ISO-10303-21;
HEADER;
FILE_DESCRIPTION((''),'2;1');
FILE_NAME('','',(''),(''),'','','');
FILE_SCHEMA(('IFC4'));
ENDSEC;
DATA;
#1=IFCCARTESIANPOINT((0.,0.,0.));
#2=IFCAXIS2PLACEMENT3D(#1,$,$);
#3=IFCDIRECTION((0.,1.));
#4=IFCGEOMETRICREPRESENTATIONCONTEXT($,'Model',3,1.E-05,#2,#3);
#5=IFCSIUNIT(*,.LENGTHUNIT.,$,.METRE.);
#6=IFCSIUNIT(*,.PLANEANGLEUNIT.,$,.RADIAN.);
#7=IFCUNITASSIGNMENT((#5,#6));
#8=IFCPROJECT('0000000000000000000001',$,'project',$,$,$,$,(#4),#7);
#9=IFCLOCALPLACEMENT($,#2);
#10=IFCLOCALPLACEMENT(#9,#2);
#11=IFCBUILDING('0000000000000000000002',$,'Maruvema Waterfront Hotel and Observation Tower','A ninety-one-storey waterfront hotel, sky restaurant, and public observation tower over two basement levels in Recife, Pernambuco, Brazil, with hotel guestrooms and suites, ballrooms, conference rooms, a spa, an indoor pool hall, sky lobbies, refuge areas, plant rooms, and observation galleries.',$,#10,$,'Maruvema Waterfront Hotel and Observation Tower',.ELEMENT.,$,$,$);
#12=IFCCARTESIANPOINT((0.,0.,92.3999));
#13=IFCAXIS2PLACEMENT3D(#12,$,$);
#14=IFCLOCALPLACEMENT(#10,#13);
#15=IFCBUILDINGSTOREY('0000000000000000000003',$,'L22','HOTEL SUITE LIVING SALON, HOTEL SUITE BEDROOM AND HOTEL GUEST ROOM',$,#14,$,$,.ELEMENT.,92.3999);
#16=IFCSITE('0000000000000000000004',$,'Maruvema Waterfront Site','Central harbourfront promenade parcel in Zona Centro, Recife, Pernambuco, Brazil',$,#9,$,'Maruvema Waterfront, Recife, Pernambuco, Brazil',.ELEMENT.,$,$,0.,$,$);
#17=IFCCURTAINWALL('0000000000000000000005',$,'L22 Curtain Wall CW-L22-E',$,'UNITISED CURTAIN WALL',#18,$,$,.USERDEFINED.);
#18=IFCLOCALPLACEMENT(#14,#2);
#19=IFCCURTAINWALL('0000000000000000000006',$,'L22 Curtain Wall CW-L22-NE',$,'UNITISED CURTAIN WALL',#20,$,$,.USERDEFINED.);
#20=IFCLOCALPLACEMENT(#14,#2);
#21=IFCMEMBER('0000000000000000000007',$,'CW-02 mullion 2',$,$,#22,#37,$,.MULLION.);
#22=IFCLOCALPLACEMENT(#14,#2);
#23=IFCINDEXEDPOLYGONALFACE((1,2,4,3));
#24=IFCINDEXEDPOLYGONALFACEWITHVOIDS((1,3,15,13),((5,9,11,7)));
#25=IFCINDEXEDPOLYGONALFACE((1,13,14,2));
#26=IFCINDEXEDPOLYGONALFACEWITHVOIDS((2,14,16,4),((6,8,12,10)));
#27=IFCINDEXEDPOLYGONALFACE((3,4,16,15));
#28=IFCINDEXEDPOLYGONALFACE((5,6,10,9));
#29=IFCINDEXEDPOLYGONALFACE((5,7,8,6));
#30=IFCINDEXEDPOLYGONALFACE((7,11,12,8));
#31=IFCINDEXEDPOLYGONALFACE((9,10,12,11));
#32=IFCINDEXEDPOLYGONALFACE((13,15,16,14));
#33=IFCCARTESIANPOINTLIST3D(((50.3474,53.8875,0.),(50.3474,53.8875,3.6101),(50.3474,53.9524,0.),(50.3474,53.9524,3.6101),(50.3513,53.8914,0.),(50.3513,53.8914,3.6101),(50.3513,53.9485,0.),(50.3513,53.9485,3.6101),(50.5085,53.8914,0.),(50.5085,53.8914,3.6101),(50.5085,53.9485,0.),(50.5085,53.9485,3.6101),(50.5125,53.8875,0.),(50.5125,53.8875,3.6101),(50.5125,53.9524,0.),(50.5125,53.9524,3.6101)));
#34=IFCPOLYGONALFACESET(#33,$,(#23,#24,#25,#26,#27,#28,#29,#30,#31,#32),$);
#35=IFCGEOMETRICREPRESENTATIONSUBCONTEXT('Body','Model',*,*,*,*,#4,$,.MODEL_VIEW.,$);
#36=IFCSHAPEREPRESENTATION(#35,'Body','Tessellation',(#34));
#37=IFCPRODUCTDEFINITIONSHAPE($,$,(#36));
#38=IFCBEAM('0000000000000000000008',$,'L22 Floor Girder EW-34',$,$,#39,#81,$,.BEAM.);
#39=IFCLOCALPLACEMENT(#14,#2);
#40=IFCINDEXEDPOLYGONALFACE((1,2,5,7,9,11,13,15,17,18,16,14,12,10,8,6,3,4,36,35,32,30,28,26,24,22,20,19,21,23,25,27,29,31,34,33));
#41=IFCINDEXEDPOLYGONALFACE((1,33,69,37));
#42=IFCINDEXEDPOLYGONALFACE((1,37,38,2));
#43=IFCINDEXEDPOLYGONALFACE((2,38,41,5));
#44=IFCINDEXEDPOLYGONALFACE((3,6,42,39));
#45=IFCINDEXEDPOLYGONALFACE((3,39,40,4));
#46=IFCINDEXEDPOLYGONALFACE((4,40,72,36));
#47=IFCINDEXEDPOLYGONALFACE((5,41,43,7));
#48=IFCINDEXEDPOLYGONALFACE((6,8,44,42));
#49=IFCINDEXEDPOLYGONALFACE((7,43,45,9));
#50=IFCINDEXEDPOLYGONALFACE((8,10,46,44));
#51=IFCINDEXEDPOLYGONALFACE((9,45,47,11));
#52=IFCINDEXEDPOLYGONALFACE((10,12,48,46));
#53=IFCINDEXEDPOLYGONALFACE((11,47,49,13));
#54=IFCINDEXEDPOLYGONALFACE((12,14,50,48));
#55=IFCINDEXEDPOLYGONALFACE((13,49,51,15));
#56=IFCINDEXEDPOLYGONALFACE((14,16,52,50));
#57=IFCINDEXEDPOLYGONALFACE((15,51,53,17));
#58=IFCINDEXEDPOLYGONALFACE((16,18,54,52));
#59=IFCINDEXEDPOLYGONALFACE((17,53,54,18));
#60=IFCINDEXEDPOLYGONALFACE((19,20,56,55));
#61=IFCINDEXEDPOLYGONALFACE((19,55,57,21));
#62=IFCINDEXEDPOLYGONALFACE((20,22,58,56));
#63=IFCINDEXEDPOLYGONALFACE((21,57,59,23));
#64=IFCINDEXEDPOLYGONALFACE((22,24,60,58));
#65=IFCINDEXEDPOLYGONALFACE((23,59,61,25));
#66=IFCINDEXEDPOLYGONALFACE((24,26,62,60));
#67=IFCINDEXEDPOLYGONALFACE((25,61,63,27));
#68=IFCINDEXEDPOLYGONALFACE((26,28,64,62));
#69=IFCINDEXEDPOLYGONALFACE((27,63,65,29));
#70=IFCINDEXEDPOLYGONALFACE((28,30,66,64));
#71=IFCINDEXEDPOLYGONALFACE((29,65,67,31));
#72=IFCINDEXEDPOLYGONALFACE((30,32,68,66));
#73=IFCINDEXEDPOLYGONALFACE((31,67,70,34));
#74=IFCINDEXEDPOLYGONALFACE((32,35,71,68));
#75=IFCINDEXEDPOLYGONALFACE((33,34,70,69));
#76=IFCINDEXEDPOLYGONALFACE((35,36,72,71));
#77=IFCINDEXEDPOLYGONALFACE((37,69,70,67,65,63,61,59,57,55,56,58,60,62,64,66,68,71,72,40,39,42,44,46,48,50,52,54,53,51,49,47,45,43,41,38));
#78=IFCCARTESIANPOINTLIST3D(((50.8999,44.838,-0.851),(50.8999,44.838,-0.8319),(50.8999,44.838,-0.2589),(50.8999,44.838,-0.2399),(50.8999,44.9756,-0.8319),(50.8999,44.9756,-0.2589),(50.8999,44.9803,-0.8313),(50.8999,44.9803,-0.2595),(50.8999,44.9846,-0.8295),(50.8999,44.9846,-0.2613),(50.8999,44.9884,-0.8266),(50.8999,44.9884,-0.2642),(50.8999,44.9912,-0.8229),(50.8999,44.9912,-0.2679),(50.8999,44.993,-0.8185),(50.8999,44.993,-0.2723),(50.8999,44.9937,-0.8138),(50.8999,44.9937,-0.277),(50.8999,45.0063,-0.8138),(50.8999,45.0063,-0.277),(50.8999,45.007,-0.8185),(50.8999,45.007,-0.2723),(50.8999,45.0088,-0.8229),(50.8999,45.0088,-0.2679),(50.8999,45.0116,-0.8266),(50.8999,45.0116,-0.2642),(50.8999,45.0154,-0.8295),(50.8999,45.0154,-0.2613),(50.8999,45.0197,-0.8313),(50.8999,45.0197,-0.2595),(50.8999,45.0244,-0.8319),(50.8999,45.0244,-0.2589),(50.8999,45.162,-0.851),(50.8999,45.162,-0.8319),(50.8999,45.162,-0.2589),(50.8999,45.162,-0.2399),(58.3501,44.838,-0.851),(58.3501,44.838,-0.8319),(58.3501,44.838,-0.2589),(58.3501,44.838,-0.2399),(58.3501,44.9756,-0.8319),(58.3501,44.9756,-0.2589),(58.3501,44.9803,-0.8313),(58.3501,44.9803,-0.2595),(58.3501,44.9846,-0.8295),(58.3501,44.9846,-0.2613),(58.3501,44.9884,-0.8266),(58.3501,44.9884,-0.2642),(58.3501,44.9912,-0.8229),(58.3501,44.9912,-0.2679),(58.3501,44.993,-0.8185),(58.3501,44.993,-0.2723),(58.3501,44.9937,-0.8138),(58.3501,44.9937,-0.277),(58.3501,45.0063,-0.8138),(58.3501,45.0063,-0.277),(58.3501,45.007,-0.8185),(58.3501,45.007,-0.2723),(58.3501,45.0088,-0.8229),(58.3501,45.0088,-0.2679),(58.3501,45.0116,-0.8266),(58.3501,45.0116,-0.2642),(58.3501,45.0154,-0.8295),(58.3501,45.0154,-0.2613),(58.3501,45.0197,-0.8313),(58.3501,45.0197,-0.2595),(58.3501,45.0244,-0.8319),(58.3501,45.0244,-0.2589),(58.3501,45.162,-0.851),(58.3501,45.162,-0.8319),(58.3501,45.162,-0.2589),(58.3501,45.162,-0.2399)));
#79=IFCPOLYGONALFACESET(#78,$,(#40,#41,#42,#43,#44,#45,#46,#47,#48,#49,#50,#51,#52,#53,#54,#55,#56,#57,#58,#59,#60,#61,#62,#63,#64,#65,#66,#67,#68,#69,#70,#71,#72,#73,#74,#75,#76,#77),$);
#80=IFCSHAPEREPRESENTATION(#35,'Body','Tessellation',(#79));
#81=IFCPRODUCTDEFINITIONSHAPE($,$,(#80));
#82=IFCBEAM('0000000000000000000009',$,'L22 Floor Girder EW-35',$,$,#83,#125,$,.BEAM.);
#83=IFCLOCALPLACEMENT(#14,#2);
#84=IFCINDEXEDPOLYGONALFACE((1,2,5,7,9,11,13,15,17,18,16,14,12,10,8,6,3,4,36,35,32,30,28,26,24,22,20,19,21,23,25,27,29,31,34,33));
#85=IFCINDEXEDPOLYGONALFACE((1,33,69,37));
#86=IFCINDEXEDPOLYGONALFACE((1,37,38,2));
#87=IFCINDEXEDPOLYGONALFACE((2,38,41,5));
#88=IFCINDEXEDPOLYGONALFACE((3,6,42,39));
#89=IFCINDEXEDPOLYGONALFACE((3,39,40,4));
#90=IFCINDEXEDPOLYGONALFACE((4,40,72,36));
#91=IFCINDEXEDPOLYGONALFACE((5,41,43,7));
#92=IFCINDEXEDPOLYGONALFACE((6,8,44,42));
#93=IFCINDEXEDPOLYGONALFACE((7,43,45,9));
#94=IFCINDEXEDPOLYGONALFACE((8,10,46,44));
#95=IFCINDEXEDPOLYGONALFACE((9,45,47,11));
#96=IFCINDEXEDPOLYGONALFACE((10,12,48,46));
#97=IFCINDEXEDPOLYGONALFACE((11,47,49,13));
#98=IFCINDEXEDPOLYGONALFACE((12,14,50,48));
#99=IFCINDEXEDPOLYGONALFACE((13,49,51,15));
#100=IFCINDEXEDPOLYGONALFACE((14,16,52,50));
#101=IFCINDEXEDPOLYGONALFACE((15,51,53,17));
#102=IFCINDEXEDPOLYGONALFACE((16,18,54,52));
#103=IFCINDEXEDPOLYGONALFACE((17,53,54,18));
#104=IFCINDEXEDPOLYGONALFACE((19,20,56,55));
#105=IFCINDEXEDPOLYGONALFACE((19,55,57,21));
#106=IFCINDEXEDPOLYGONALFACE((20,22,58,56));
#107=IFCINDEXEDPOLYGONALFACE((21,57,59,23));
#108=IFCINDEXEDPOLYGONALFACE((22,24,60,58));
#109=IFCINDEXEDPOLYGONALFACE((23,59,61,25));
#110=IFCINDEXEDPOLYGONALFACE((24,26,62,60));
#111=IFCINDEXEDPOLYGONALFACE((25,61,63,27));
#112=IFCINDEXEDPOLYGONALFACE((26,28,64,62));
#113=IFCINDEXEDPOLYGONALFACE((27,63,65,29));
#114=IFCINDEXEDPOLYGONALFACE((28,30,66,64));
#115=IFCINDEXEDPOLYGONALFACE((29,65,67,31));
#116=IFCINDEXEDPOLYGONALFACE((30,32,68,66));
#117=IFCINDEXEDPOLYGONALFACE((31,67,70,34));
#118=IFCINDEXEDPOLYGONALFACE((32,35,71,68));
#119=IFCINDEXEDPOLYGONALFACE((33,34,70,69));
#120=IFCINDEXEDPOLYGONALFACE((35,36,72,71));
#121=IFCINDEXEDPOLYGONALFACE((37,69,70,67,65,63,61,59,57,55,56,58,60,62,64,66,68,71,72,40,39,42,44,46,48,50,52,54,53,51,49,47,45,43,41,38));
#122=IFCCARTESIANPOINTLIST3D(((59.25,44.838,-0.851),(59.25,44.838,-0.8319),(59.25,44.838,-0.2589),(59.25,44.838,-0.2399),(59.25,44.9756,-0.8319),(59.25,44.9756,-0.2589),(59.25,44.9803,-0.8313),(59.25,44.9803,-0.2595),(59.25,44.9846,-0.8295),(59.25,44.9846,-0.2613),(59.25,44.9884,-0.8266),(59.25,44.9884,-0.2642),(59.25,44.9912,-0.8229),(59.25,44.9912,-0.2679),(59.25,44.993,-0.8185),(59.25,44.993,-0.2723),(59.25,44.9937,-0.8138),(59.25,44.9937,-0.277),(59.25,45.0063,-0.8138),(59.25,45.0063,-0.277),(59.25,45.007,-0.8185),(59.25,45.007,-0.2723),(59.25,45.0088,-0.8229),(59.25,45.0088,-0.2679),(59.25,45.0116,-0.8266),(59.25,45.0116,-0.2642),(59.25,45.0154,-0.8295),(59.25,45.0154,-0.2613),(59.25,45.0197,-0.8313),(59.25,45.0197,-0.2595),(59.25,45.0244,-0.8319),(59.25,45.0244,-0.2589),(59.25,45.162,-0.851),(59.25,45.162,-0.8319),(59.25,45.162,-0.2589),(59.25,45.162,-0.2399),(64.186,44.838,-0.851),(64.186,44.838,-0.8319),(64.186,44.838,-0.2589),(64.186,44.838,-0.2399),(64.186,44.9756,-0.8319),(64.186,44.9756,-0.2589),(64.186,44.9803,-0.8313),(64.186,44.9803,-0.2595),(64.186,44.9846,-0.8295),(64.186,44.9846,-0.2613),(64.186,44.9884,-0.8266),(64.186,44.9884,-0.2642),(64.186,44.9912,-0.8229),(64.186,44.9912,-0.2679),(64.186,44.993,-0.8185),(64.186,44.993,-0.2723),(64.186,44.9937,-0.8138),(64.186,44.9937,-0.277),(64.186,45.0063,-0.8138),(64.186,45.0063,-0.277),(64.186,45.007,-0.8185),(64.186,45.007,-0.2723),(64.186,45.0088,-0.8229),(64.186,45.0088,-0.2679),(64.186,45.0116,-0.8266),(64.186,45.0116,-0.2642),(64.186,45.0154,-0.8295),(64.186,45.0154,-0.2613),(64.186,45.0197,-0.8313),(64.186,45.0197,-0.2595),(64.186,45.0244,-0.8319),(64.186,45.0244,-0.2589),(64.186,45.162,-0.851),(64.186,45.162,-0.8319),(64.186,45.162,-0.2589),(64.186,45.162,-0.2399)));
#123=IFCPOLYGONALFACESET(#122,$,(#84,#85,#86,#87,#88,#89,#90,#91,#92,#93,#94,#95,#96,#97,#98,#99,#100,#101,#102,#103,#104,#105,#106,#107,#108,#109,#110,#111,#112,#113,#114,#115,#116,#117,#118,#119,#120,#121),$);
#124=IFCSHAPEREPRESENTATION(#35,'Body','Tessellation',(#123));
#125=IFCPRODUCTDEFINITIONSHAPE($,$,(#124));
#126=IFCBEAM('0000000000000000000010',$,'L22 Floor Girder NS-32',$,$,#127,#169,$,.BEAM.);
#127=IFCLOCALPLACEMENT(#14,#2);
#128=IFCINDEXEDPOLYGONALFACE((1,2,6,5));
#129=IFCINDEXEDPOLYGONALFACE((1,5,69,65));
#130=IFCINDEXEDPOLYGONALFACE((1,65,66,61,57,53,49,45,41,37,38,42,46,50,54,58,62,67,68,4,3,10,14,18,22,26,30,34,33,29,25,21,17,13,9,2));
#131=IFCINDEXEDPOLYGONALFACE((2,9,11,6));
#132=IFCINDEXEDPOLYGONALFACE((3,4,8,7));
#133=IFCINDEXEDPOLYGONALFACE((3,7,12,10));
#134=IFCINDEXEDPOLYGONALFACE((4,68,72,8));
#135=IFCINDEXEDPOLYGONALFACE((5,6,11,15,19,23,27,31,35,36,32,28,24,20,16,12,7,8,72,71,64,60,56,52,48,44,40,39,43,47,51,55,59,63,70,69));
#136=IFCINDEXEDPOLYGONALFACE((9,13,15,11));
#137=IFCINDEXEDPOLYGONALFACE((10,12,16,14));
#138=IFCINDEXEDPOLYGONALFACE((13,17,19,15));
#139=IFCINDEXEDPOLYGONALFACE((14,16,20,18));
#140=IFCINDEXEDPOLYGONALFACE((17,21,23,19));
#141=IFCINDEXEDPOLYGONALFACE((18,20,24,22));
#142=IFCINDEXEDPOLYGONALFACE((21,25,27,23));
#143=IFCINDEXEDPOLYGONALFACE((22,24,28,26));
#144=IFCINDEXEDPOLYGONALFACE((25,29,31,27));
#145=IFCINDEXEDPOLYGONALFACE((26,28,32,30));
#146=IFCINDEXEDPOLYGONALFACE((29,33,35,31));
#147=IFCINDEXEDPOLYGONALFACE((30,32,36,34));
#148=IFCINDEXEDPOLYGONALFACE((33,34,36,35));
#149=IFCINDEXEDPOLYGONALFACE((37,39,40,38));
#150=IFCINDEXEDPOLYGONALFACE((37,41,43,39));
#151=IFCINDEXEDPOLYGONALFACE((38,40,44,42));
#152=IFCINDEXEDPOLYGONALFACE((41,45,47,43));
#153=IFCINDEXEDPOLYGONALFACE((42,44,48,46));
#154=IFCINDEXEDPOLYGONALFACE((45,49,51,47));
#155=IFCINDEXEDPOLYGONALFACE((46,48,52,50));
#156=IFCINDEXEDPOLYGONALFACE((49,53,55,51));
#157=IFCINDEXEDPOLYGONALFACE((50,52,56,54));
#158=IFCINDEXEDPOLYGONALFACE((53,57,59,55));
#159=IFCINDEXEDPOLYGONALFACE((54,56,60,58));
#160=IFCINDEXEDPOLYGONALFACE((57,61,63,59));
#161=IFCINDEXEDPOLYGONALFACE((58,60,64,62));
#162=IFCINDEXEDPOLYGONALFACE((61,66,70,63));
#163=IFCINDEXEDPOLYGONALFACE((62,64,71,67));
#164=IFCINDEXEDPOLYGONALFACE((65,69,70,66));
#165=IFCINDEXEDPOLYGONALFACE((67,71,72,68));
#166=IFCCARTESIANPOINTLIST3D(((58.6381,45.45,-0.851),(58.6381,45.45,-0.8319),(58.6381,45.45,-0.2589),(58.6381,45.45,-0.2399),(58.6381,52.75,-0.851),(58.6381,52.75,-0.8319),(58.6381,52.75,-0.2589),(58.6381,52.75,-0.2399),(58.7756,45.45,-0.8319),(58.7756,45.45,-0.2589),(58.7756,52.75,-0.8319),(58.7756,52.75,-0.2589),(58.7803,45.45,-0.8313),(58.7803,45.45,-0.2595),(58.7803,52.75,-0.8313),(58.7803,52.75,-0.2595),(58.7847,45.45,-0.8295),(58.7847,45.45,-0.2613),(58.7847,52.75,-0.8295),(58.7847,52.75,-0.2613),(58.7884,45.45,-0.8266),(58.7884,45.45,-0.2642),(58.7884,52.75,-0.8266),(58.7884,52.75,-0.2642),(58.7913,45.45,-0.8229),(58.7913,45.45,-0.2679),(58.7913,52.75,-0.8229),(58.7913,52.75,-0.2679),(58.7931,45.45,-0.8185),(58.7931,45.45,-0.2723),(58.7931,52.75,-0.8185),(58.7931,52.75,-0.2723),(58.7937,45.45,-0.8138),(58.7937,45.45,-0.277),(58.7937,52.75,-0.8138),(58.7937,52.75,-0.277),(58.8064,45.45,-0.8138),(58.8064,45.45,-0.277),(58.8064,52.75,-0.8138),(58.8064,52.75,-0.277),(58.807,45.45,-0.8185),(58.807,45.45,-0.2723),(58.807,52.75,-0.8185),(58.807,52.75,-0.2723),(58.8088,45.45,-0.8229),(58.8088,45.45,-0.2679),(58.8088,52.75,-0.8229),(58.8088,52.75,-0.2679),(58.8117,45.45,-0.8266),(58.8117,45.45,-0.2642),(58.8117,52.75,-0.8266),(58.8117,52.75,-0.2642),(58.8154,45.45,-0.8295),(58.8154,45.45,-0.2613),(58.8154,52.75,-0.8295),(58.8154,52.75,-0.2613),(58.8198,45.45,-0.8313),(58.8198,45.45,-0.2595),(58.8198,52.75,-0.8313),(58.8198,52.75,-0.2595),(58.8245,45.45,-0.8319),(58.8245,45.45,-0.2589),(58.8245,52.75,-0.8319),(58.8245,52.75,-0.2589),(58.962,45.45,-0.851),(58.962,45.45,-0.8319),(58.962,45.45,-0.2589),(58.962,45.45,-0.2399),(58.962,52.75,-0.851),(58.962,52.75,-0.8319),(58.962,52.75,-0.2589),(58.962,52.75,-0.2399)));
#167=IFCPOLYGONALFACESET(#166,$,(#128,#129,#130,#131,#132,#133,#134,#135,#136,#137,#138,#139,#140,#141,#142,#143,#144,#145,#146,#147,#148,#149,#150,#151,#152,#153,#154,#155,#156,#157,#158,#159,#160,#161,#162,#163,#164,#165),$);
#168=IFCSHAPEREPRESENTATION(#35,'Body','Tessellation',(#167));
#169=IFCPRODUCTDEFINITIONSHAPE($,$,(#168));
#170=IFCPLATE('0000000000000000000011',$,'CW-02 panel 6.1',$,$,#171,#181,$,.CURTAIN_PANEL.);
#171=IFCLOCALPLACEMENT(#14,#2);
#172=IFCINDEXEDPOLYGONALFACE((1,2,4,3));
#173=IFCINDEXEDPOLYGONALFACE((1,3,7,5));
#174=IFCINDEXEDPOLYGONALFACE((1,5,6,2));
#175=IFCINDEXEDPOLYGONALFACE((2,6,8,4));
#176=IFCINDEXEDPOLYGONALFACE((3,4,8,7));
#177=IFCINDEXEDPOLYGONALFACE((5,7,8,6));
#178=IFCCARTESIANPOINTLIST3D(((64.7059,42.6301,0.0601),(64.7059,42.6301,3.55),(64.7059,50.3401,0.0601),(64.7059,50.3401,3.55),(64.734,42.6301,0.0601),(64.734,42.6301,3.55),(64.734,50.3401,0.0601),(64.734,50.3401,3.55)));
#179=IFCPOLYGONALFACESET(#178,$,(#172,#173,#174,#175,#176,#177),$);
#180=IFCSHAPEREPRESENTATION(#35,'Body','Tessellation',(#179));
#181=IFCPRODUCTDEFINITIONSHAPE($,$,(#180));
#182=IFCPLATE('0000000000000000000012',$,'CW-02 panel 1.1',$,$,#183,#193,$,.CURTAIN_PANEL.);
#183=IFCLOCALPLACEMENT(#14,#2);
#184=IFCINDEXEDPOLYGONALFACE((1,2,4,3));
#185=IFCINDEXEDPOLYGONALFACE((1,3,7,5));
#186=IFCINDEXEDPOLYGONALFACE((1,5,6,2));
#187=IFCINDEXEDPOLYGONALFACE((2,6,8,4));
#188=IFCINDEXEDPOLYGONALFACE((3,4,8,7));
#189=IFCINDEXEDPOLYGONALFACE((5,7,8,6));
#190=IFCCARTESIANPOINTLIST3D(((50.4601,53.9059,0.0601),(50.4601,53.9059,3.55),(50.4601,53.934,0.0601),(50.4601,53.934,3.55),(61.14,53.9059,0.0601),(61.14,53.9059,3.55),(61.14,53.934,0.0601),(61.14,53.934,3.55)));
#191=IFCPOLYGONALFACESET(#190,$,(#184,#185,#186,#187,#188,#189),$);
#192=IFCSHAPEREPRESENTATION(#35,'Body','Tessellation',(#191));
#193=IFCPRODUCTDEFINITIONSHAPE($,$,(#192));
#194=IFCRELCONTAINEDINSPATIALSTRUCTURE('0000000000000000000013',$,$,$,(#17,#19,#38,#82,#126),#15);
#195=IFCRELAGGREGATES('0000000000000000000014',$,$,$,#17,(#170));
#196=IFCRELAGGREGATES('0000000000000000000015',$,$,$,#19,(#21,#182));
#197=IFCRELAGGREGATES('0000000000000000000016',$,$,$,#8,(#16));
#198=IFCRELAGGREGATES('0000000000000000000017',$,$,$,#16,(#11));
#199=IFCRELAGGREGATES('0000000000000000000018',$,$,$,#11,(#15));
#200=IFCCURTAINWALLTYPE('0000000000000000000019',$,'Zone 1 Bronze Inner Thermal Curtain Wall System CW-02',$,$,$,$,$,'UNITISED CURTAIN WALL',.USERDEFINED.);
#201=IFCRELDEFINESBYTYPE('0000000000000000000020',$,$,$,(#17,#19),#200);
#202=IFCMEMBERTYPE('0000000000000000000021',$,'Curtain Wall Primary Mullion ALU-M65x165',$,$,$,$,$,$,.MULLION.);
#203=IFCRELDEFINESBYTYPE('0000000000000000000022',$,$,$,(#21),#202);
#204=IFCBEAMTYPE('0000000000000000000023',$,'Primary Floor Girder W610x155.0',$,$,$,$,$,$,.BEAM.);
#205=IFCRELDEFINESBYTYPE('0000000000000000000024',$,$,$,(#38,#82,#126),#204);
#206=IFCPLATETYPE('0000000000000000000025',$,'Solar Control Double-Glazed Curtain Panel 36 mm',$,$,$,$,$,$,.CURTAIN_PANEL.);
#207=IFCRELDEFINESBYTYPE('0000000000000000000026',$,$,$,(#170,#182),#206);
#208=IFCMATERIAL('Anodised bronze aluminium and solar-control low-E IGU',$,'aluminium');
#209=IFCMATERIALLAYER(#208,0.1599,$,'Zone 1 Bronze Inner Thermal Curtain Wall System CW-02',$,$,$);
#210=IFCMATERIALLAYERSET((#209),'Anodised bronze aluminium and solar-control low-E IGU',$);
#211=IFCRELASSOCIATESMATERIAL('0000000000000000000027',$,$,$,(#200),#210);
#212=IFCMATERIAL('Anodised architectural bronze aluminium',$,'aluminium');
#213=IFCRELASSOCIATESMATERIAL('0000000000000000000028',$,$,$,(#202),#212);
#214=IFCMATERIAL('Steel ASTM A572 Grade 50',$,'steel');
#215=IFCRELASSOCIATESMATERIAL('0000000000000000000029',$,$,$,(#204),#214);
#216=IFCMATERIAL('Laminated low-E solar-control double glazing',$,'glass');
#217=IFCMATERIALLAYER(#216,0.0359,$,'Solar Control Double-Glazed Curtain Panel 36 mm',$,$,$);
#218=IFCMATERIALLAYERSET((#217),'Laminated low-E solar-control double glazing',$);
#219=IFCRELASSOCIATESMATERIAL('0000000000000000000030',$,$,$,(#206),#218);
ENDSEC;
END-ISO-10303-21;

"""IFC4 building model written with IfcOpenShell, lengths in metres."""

from ifc_helpers import new_model, si_unit, direction, frame, origin, origin_2d, place, context, subcontext, project, spatial, rectangle, hollow_rectangle, i_section, extrude, material, layer, layer_set, material_profile, profile_set, type_object, element, aggregate, save


model = new_model("IFC4")

# Units and contexts
model_context = context("Model", 3, precision=1e-05, world=origin(), true_north=direction((0.0, 1.0)))
body_context = subcontext(model_context, "Body", "Model", "MODEL_VIEW")
ifc_project = project(units=[si_unit("LENGTHUNIT", "METRE"), si_unit("PLANEANGLEUNIT", "RADIAN")], contexts=[model_context])

# Site, building, storey
site_placement = place(None, origin())
site = spatial("IfcSite", under=ifc_project, at=site_placement, Name="Maruvema Waterfront Site", Description="Central harbourfront promenade parcel in Zona Centro, Recife, Pernambuco, Brazil", LongName="Maruvema Waterfront, Recife, Pernambuco, Brazil", CompositionType="ELEMENT", RefElevation=0.0)
building_placement = place(site_placement, origin())
building = spatial("IfcBuilding", under=site, at=building_placement, Name="Maruvema Waterfront Hotel and Observation Tower", Description="A ninety-one-storey waterfront hotel, sky restaurant, and public observation tower over two basement levels in Recife, Pernambuco, Brazil, with hotel guestrooms and suites, ballrooms, conference rooms, a spa, an indoor pool hall, sky lobbies, refuge areas, plant rooms, and observation galleries.", LongName="Maruvema Waterfront Hotel and Observation Tower", CompositionType="ELEMENT")
storey_placement = place(building_placement, frame((0.0, 0.0, 92.3999)))
storey = spatial("IfcBuildingStorey", under=building, at=storey_placement, Name="L22", Description="HOTEL SUITE LIVING SALON, HOTEL SUITE BEDROOM AND HOTEL GUEST ROOM", CompositionType="ELEMENT", Elevation=92.3999)

# Curtain walls
ifc_material_1 = material(Name="Anodised bronze aluminium and solar-control low-E IGU", Category="aluminium")
ifc_layer_1 = layer(ifc_material_1, 0.1599, Name="Zone 1 Bronze Inner Thermal Curtain Wall System CW-02")
ifc_layer_set_1 = layer_set([ifc_layer_1], Name="Anodised bronze aluminium and solar-control low-E IGU")
curtain_wall_type = type_object("IfcCurtainWallType", Name="Zone 1 Bronze Inner Thermal Curtain Wall System CW-02", ElementType="UNITISED CURTAIN WALL", PredefinedType="USERDEFINED", material=ifc_layer_set_1)
curtain_wall_1_placement = place(storey_placement, origin())
curtain_wall_1 = element("IfcCurtainWall", 1, at=curtain_wall_1_placement, inside=storey, type_object=curtain_wall_type, Name="L22 Curtain Wall CW-L22-E", ObjectType="UNITISED CURTAIN WALL", PredefinedType="USERDEFINED")
curtain_wall_2_placement = place(storey_placement, origin())
curtain_wall_2 = element("IfcCurtainWall", 2, at=curtain_wall_2_placement, inside=storey, type_object=curtain_wall_type, Name="L22 Curtain Wall CW-L22-NE", ObjectType="UNITISED CURTAIN WALL", PredefinedType="USERDEFINED")

# Member
ifc_material_2 = material(Name="Anodised architectural bronze aluminium", Category="aluminium")
ifc_material_profile_1 = material_profile(ifc_material_2, hollow_rectangle(XDim=0.0649, YDim=0.165, WallThickness=0.0039, at=origin_2d()), Name="ALU-M65x165")
ifc_profile_set_1 = profile_set([ifc_material_profile_1], Name="Anodised architectural bronze aluminium")
member_type_1 = type_object("IfcMemberType", Name="Curtain Wall Primary Mullion ALU-M65x165", PredefinedType="MULLION", material=ifc_profile_set_1)
member_1_placement = place(storey_placement, frame((50.4299, 53.9199, 0.0), z_axis=(0.0, 0.0, 1.0), x_axis=(0.0, -1.0, 0.0)))
member_1 = element("IfcMember", 3, at=member_1_placement, type_object=member_type_1, Name="CW-02 mullion 2", PredefinedType="MULLION", context=body_context, shape_type="SweptSolid", body=[
    extrude(hollow_rectangle(XDim=0.0649, YDim=0.165, WallThickness=0.0039, at=origin_2d()), origin(), (0.0, 0.0, 1.0), 3.6101),
])

# Beams
ifc_material_3 = material(Name="Steel ASTM A572 Grade 50", Category="steel")
ifc_material_profile_2 = material_profile(ifc_material_3, i_section(OverallWidth=0.324, OverallDepth=0.6111, WebThickness=0.0127, FlangeThickness=0.019, FilletRadius=0.0181, at=origin_2d()), Name="W610x155.0")
ifc_profile_set_2 = profile_set([ifc_material_profile_2], Name="Steel ASTM A572 Grade 50")
beam_type = type_object("IfcBeamType", Name="Primary Floor Girder W610x155.0", PredefinedType="BEAM", material=ifc_profile_set_2)
beam_1_placement = place(storey_placement, frame((50.8999, 45.0, -0.5454), z_axis=(1.0, 0.0, 0.0), x_axis=(0.0, 1.0, 0.0)))
element("IfcBeam", 4, at=beam_1_placement, inside=storey, type_object=beam_type, Name="L22 Floor Girder EW-34", PredefinedType="BEAM", context=body_context, shape_type="SweptSolid", body=[
    extrude(i_section(OverallWidth=0.324, OverallDepth=0.6111, WebThickness=0.0127, FlangeThickness=0.019, FilletRadius=0.0181, at=origin_2d()), origin(), (0.0, 0.0, 1.0), 7.4502),
])
beam_2_placement = place(storey_placement, frame((59.25, 45.0, -0.5454), z_axis=(1.0, 0.0, 0.0), x_axis=(0.0, 1.0, 0.0)))
element("IfcBeam", 5, at=beam_2_placement, inside=storey, type_object=beam_type, Name="L22 Floor Girder EW-35", PredefinedType="BEAM", context=body_context, shape_type="SweptSolid", body=[
    extrude(i_section(OverallWidth=0.324, OverallDepth=0.6111, WebThickness=0.0127, FlangeThickness=0.019, FilletRadius=0.0181, at=origin_2d()), origin(), (0.0, 0.0, 1.0), 4.936),
])
beam_3_placement = place(storey_placement, frame((58.8, 45.45, -0.5454), z_axis=(0.0, 1.0, 0.0), x_axis=(-1.0, 0.0, 0.0)))
element("IfcBeam", 6, at=beam_3_placement, inside=storey, type_object=beam_type, Name="L22 Floor Girder NS-32", PredefinedType="BEAM", context=body_context, shape_type="SweptSolid", body=[
    extrude(i_section(OverallWidth=0.324, OverallDepth=0.6111, WebThickness=0.0127, FlangeThickness=0.019, FilletRadius=0.0181, at=origin_2d()), origin(), (0.0, 0.0, 1.0), 7.3),
])

# Plates
ifc_material_4 = material(Name="Laminated low-E solar-control double glazing", Category="glass")
ifc_layer_2 = layer(ifc_material_4, 0.0359, Name="Solar Control Double-Glazed Curtain Panel 36 mm")
ifc_layer_set_2 = layer_set([ifc_layer_2], Name="Laminated low-E solar-control double glazing")
plate_type_1 = type_object("IfcPlateType", Name="Solar Control Double-Glazed Curtain Panel 36 mm", PredefinedType="CURTAIN_PANEL", material=ifc_layer_set_2)
plate_1_placement = place(storey_placement, frame((64.72, 46.4851, 0.0601), z_axis=(0.0, 0.0, 1.0), x_axis=(0.0, 1.0, 0.0)))
plate_1 = element("IfcPlate", 7, at=plate_1_placement, type_object=plate_type_1, Name="CW-02 panel 6.1", PredefinedType="CURTAIN_PANEL", context=body_context, shape_type="SweptSolid", body=[
    extrude(rectangle(XDim=7.71, YDim=0.0281, at=origin_2d()), origin(), (0.0, 0.0, 1.0), 3.49),
])
aggregate(curtain_wall_1, [plate_1])
plate_2_placement = place(storey_placement, frame((55.8, 53.9199, 0.0601), z_axis=(0.0, 0.0, 1.0), x_axis=(-1.0, 0.0, 0.0)))
plate_2 = element("IfcPlate", 8, at=plate_2_placement, type_object=plate_type_1, Name="CW-02 panel 1.1", PredefinedType="CURTAIN_PANEL", context=body_context, shape_type="SweptSolid", body=[
    extrude(rectangle(XDim=10.6799, YDim=0.0281, at=origin_2d()), origin(), (0.0, 0.0, 1.0), 3.49),
])
aggregate(curtain_wall_2, [member_1, plate_2])

save(model, "model.ifc")
